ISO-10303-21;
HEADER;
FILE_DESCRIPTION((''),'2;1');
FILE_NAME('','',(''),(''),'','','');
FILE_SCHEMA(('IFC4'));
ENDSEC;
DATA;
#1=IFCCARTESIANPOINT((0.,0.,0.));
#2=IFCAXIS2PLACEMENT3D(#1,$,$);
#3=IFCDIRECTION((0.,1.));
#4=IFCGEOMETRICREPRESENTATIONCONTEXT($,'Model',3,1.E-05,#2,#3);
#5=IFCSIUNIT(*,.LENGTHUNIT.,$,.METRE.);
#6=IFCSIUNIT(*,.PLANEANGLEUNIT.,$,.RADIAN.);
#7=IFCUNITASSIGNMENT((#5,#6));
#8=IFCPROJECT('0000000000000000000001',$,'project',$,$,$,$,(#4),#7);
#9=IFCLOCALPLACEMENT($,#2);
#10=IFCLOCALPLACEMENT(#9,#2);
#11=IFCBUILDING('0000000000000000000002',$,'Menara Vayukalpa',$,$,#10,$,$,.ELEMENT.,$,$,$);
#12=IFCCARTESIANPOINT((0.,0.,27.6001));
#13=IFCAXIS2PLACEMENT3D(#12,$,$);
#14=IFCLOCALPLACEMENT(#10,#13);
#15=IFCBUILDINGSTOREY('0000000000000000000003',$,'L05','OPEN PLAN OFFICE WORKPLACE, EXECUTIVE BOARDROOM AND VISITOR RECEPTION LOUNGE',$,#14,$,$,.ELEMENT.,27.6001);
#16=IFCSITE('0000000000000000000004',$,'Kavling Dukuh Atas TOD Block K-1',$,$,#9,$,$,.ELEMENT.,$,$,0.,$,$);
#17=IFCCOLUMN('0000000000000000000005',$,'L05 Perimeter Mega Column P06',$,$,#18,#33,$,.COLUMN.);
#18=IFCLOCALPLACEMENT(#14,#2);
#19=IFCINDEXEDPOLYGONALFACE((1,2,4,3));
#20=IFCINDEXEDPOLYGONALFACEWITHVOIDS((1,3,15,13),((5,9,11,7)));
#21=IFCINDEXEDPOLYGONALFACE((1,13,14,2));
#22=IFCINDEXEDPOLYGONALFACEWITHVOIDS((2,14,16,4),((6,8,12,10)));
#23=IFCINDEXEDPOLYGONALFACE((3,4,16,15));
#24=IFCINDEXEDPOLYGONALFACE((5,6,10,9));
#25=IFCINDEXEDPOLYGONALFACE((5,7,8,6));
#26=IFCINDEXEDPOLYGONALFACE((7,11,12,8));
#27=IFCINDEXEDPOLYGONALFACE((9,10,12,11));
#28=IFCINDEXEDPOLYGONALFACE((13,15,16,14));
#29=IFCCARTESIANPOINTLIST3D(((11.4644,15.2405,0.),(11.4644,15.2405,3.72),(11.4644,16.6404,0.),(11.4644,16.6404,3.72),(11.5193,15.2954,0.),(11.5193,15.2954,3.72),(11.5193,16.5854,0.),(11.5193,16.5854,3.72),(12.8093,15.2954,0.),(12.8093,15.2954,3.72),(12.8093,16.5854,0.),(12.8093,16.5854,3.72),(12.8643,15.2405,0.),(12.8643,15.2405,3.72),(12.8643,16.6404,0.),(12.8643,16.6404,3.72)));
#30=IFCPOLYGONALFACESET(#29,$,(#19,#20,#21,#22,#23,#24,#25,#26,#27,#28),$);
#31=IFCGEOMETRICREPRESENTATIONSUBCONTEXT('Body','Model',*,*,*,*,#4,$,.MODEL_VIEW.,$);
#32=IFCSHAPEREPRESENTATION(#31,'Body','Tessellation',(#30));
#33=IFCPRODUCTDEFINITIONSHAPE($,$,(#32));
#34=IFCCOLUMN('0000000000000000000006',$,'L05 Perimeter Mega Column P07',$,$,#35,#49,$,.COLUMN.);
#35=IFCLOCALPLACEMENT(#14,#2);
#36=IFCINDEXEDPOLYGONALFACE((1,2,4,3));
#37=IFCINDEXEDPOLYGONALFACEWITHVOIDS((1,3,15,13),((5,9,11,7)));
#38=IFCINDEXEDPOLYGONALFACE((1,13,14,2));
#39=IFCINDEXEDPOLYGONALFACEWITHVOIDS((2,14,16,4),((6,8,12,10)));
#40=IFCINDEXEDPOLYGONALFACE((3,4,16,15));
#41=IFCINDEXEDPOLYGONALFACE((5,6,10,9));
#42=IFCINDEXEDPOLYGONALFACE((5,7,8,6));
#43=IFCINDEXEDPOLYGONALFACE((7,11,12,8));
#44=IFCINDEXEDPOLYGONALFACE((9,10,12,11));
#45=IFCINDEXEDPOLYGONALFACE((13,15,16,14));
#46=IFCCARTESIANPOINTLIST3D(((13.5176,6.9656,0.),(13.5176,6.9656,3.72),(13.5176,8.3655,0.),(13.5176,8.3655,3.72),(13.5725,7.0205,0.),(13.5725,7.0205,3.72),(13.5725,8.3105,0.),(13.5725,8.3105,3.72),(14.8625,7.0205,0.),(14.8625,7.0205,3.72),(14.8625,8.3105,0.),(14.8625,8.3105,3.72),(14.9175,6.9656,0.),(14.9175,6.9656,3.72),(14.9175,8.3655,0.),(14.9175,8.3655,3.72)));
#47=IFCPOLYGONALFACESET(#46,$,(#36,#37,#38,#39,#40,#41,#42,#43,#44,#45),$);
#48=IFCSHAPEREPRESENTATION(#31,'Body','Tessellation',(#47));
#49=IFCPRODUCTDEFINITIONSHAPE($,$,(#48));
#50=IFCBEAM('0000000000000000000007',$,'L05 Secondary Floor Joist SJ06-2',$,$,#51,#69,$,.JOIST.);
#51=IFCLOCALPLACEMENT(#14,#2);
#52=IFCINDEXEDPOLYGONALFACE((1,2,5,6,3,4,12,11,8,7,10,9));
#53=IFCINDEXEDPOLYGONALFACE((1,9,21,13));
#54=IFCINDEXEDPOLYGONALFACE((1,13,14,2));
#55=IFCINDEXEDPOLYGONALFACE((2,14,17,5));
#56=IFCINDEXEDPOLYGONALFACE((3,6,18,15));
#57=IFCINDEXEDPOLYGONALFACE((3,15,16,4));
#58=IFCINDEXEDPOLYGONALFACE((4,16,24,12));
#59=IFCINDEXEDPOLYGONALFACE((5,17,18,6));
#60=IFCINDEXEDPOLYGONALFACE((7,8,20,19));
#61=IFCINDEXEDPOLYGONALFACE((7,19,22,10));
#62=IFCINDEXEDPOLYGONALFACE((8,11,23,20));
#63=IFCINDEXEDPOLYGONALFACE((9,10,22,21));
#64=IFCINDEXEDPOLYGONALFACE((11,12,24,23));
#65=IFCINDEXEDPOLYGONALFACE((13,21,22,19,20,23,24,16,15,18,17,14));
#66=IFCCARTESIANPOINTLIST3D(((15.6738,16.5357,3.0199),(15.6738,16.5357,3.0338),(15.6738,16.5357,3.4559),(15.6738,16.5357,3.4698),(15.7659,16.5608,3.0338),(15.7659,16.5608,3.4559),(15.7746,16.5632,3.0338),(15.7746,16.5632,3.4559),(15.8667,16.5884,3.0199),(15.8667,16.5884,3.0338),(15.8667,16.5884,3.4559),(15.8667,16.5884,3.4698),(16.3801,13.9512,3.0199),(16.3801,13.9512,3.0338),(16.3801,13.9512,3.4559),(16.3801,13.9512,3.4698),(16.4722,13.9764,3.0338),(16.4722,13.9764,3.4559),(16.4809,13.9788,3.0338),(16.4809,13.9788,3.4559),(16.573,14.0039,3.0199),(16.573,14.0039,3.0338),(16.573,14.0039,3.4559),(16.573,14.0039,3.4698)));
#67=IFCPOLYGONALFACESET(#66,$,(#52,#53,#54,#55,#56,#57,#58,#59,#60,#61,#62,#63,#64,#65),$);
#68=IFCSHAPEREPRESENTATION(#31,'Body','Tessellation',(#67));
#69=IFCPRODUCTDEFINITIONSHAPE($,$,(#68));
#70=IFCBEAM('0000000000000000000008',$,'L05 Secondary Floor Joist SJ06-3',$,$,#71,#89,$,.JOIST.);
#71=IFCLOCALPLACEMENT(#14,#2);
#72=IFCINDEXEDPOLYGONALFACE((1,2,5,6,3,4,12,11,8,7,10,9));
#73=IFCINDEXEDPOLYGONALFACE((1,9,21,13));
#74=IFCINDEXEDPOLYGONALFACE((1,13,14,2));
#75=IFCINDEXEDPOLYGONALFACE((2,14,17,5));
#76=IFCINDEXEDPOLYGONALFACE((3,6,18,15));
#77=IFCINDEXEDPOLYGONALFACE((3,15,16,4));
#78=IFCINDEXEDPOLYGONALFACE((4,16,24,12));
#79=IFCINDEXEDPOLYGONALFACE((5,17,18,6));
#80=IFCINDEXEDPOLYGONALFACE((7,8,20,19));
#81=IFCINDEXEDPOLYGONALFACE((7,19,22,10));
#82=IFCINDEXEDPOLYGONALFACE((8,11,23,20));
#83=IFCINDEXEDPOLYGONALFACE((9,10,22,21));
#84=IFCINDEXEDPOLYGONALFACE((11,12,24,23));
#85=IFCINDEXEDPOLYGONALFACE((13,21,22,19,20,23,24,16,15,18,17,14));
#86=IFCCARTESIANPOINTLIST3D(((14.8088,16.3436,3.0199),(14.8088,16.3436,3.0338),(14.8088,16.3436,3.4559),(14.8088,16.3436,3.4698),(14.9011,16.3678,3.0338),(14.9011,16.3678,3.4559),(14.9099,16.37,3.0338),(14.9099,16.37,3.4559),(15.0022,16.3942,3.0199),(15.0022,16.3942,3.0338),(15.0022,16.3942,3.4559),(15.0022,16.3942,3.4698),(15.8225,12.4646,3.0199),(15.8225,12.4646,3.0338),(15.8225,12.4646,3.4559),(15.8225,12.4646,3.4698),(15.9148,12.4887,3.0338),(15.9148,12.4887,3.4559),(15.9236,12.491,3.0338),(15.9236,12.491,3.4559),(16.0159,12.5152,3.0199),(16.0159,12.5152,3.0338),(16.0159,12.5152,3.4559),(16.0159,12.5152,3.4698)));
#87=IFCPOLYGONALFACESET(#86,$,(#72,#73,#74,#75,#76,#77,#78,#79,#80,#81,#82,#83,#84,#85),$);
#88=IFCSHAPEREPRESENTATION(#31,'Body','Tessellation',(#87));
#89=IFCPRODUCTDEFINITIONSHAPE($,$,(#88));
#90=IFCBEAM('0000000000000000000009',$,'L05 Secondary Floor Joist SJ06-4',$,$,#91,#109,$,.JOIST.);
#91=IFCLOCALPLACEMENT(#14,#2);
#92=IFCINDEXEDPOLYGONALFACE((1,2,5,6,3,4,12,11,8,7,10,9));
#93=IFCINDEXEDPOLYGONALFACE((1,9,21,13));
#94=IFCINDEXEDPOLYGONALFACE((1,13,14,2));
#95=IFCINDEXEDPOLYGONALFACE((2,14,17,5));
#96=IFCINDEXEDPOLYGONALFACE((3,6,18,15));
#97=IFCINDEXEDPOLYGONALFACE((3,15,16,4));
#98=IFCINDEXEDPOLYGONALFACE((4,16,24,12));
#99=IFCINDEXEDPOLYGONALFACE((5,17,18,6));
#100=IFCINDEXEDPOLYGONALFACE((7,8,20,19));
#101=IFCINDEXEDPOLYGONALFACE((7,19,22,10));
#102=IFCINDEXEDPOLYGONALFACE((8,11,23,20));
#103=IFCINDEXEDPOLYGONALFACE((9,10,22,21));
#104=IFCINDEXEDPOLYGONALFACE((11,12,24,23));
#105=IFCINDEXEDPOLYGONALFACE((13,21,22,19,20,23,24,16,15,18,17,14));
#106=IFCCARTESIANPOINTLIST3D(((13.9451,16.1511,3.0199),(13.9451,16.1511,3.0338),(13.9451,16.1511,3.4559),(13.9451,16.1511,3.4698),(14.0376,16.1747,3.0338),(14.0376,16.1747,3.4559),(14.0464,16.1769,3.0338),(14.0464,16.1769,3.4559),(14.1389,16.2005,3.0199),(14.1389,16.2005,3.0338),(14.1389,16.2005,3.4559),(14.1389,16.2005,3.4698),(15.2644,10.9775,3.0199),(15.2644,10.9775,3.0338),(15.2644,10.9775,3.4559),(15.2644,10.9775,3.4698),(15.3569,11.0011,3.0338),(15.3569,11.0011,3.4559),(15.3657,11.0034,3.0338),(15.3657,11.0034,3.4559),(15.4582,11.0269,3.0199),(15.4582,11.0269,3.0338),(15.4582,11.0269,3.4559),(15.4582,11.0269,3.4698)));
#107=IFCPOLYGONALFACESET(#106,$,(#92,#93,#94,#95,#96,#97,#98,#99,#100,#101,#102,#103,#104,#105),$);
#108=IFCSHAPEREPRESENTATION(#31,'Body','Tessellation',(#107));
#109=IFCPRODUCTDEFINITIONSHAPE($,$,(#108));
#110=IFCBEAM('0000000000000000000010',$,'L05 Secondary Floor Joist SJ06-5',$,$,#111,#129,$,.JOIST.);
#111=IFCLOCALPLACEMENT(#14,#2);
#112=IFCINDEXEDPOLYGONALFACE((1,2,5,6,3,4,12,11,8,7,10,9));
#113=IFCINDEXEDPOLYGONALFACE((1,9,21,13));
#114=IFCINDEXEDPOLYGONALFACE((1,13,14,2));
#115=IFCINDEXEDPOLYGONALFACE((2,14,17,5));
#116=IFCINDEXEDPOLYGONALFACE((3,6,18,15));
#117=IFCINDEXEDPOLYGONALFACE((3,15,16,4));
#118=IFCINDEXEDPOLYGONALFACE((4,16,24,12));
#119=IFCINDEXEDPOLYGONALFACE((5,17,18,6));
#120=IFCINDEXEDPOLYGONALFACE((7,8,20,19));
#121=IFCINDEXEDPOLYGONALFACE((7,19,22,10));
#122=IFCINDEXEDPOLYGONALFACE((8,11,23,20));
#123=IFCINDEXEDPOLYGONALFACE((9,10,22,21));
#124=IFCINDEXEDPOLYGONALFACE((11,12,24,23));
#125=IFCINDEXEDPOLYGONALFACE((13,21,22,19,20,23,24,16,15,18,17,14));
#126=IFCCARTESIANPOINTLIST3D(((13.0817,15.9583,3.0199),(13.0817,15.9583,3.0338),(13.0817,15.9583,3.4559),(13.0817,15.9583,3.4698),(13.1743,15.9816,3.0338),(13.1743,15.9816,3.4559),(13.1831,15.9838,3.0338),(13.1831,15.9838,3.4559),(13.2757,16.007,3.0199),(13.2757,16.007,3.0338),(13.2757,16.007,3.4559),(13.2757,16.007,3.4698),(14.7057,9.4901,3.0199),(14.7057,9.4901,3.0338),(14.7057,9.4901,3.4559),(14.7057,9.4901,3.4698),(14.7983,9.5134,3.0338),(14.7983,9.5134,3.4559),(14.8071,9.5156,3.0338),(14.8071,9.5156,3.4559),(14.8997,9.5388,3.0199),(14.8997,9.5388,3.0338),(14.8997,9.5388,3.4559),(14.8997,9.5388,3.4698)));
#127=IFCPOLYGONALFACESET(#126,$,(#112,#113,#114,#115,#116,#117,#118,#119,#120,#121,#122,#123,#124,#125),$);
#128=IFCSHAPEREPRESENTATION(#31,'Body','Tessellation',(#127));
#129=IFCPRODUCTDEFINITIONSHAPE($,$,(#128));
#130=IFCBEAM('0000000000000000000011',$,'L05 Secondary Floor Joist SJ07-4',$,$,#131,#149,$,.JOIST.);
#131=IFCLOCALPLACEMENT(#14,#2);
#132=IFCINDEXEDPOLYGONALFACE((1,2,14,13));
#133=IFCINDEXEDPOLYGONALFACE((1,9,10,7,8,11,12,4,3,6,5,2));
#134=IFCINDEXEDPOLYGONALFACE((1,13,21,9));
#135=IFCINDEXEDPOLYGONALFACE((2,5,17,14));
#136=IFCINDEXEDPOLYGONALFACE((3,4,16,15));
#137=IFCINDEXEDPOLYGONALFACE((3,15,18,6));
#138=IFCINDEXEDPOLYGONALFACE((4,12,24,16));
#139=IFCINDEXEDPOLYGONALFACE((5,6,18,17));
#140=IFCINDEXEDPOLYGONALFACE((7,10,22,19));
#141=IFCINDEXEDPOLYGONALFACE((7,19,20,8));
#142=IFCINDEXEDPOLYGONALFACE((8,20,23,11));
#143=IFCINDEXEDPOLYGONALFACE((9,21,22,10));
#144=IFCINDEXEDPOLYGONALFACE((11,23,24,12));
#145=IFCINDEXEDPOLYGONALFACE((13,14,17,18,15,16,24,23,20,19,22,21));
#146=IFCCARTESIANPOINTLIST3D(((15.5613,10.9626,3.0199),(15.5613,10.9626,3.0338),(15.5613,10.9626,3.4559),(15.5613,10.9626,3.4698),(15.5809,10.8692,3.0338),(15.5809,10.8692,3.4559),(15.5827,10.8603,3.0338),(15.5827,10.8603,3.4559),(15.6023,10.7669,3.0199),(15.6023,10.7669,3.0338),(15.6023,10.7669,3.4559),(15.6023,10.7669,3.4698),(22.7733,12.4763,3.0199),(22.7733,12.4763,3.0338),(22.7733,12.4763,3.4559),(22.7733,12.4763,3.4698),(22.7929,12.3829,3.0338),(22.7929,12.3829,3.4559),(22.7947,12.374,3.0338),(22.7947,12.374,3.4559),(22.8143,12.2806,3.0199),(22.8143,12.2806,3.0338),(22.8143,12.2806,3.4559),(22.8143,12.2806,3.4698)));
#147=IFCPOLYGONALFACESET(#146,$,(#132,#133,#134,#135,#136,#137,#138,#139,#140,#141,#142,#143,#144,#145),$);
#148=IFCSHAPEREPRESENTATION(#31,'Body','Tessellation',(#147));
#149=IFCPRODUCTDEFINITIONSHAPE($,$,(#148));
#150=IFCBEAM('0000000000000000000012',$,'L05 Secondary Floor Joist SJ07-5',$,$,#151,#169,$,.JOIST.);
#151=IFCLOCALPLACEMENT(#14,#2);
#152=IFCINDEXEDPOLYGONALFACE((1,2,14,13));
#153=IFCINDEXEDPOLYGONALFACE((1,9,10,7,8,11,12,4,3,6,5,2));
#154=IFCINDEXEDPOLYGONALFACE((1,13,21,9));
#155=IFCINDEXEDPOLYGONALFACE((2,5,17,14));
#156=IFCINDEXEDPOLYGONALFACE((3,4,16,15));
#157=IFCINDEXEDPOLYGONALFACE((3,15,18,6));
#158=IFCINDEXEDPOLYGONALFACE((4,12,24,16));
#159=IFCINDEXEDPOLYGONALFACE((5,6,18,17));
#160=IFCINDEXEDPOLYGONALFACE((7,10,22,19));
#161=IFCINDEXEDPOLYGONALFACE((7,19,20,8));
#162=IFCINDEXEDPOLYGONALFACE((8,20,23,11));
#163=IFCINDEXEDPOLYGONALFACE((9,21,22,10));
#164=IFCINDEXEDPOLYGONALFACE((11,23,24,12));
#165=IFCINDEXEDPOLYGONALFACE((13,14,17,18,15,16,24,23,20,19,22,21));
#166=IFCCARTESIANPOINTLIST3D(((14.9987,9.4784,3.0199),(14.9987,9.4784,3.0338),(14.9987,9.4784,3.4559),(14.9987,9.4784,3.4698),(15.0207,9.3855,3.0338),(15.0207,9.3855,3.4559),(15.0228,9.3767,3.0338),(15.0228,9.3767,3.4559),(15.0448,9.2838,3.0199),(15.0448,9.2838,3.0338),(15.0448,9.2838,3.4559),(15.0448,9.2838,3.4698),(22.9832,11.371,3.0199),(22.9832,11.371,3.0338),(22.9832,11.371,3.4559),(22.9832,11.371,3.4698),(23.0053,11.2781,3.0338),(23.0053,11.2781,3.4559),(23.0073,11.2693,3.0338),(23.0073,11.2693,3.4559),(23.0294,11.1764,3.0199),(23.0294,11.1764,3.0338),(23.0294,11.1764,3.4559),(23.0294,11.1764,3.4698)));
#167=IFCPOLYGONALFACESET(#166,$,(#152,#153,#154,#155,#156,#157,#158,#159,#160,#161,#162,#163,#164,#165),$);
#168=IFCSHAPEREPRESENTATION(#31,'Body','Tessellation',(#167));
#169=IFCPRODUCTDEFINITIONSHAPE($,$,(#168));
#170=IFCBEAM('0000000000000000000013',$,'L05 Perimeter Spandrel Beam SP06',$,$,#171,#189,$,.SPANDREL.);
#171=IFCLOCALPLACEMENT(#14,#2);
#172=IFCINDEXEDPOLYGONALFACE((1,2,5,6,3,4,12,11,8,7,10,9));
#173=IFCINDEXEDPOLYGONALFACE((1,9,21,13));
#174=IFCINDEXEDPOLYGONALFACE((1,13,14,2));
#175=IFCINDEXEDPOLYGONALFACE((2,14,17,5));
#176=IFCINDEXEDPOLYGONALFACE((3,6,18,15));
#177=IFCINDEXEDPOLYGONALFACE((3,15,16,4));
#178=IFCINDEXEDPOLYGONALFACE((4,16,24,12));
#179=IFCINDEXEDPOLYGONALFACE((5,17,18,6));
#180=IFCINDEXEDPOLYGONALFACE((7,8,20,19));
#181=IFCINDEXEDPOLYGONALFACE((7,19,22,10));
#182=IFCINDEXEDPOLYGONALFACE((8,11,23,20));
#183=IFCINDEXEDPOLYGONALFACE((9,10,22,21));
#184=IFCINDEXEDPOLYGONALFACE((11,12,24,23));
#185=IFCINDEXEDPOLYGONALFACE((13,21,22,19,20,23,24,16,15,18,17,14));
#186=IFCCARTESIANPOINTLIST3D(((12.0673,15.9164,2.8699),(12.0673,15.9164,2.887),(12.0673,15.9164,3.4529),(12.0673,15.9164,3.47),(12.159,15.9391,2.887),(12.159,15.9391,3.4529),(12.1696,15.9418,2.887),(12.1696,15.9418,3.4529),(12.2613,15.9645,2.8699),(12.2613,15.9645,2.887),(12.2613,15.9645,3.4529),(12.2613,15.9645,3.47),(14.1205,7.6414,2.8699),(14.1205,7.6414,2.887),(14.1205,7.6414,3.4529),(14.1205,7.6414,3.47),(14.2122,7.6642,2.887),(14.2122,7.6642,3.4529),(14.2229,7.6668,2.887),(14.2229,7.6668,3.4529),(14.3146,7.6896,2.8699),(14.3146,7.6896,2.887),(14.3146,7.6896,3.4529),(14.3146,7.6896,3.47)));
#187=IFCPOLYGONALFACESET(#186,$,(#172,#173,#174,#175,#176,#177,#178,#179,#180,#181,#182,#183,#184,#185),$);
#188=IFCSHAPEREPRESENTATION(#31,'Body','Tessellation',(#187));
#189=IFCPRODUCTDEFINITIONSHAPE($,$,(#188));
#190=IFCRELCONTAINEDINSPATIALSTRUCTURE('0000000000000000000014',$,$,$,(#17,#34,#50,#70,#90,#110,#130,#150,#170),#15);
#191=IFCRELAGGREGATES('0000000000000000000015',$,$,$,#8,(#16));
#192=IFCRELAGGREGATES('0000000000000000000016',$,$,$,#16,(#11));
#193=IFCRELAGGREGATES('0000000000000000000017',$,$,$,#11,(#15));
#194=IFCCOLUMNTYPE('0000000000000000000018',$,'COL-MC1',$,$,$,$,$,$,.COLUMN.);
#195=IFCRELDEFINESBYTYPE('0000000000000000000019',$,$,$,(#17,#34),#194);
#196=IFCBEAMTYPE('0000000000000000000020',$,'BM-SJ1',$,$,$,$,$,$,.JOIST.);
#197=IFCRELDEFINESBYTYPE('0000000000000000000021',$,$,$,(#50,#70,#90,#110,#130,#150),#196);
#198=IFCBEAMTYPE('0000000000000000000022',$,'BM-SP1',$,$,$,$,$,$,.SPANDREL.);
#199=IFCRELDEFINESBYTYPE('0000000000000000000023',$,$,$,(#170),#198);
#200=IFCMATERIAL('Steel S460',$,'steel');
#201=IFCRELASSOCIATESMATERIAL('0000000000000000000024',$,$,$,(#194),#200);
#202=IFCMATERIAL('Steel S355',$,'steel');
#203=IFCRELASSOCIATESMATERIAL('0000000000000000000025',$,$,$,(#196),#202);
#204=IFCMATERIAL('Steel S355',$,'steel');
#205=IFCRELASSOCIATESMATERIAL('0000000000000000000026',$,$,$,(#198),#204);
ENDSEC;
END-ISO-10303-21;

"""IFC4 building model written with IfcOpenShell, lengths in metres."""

from ifc_helpers import new_model, si_unit, direction, frame, origin, origin_2d, place, context, subcontext, project, spatial, hollow_rectangle, i_section, extrude, material, material_profile, profile_set, type_object, element, save


model = new_model("IFC4")

# Units and contexts
model_context = context("Model", 3, precision=1e-05, world=origin(), true_north=direction((0.0, 1.0)))
body_context = subcontext(model_context, "Body", "Model", "MODEL_VIEW")
ifc_project = project(units=[si_unit("LENGTHUNIT", "METRE"), si_unit("PLANEANGLEUNIT", "RADIAN")], contexts=[model_context])

# Site, building, storey
site_placement = place(None, origin())
site = spatial("IfcSite", under=ifc_project, at=site_placement, Name="Kavling Dukuh Atas TOD Block K-1", CompositionType="ELEMENT", RefElevation=0.0)
building_placement = place(site_placement, origin())
building = spatial("IfcBuilding", under=site, at=building_placement, Name="Menara Vayukalpa", CompositionType="ELEMENT")
storey_placement = place(building_placement, frame((0.0, 0.0, 27.6001)))
storey = spatial("IfcBuildingStorey", under=building, at=storey_placement, Name="L05", Description="OPEN PLAN OFFICE WORKPLACE, EXECUTIVE BOARDROOM AND VISITOR RECEPTION LOUNGE", CompositionType="ELEMENT", Elevation=27.6001)

# Columns
ifc_material_1 = material(Name="Steel S460", Category="steel")
ifc_material_profile_1 = material_profile(ifc_material_1, hollow_rectangle(XDim=1.3999, YDim=1.3999, WallThickness=0.0549, at=origin_2d()), Name="BOX 1400x1400x55")
ifc_profile_set_1 = profile_set([ifc_material_profile_1], Name="Steel S460")
column_type = type_object("IfcColumnType", Name="COL-MC1", PredefinedType="COLUMN", material=ifc_profile_set_1)
for number, where, z_axis, x_axis, name in (
    (1, (12.1643, 15.9404, 0.0), (0.0, 0.0, 1.0), (1.0, 0.0, 0.0), "L05 Perimeter Mega Column P06"),
    (2, (14.2175, 7.6655, 0.0), (0.0, 0.0, 1.0), (1.0, 0.0, 0.0), "L05 Perimeter Mega Column P07"),
):
    element("IfcColumn", number, at=place(storey_placement, frame(where, z_axis=z_axis, x_axis=x_axis)), inside=storey, type_object=column_type, Name=name, PredefinedType="COLUMN", context=body_context, shape_type="SweptSolid", body=[
        extrude(hollow_rectangle(XDim=1.3999, YDim=1.3999, WallThickness=0.0549, at=origin_2d()), origin(), (0.0, 0.0, 1.0), 3.72),
    ])

# Beams
ifc_material_2 = material(Name="Steel S355", Category="steel")
ifc_material_profile_2 = material_profile(ifc_material_2, i_section(OverallWidth=0.2, OverallDepth=0.45, WebThickness=0.009, FlangeThickness=0.0139, at=origin_2d()), Name="WF 450x200x9x14")
ifc_profile_set_2 = profile_set([ifc_material_profile_2], Name="Steel S355")
beam_type_1 = type_object("IfcBeamType", Name="BM-SJ1", PredefinedType="JOIST", material=ifc_profile_set_2)
beam_1_placement = place(storey_placement, frame((15.7703, 16.562, 3.2449), z_axis=(0.263619, -0.964627, 0.0), x_axis=(0.964627, 0.263619, 0.0)))
element("IfcBeam", 3, at=beam_1_placement, inside=storey, type_object=beam_type_1, Name="L05 Secondary Floor Joist SJ06-2", PredefinedType="JOIST", context=body_context, shape_type="SweptSolid", body=[
    extrude(i_section(OverallWidth=0.2, OverallDepth=0.45, WebThickness=0.009, FlangeThickness=0.0139, at=origin_2d()), origin(), (0.0, 0.0, 1.0), 2.6792),
])
beam_2_placement = place(storey_placement, frame((14.9055, 16.3689, 3.2449), z_axis=(0.252838, -0.967509, 0.0), x_axis=(0.967509, 0.252838, 0.0)))
element("IfcBeam", 4, at=beam_2_placement, inside=storey, type_object=beam_type_1, Name="L05 Secondary Floor Joist SJ06-3", PredefinedType="JOIST", context=body_context, shape_type="SweptSolid", body=[
    extrude(i_section(OverallWidth=0.2, OverallDepth=0.45, WebThickness=0.009, FlangeThickness=0.0139, at=origin_2d()), origin(), (0.0, 0.0, 1.0), 4.0093),
])
beam_3_placement = place(storey_placement, frame((14.042, 16.1758, 3.2449), z_axis=(0.247106, -0.968989, 0.0), x_axis=(0.968989, 0.247106, 0.0)))
element("IfcBeam", 5, at=beam_3_placement, inside=storey, type_object=beam_type_1, Name="L05 Secondary Floor Joist SJ06-4", PredefinedType="JOIST", context=body_context, shape_type="SweptSolid", body=[
    extrude(i_section(OverallWidth=0.2, OverallDepth=0.45, WebThickness=0.009, FlangeThickness=0.0139, at=origin_2d()), origin(), (0.0, 0.0, 1.0), 5.3391),
])
beam_4_placement = place(storey_placement, frame((13.1787, 15.9827, 3.2449), z_axis=(0.243517, -0.969897, 0.0), x_axis=(0.969897, 0.243517, 0.0)))
element("IfcBeam", 6, at=beam_4_placement, inside=storey, type_object=beam_type_1, Name="L05 Secondary Floor Joist SJ06-5", PredefinedType="JOIST", context=body_context, shape_type="SweptSolid", body=[
    extrude(i_section(OverallWidth=0.2, OverallDepth=0.45, WebThickness=0.009, FlangeThickness=0.0139, at=origin_2d()), origin(), (0.0, 0.0, 1.0), 6.6689),
])
beam_5_placement = place(storey_placement, frame((15.5818, 10.8647, 3.2449), z_axis=(0.978676, 0.205409, 0.0), x_axis=(-0.205409, 0.978676, 0.0)))
element("IfcBeam", 7, at=beam_5_placement, inside=storey, type_object=beam_type_1, Name="L05 Secondary Floor Joist SJ07-4", PredefinedType="JOIST", context=body_context, shape_type="SweptSolid", body=[
    extrude(i_section(OverallWidth=0.2, OverallDepth=0.45, WebThickness=0.009, FlangeThickness=0.0139, at=origin_2d()), origin(), (0.0, 0.0, 1.0), 7.3691),
])
beam_6_placement = place(storey_placement, frame((15.0217, 9.3811, 3.2449), z_axis=(0.97304, 0.230638, 0.0), x_axis=(-0.230638, 0.97304, 0.0)))
element("IfcBeam", 8, at=beam_6_placement, inside=storey, type_object=beam_type_1, Name="L05 Secondary Floor Joist SJ07-5", PredefinedType="JOIST", context=body_context, shape_type="SweptSolid", body=[
    extrude(i_section(OverallWidth=0.2, OverallDepth=0.45, WebThickness=0.009, FlangeThickness=0.0139, at=origin_2d()), origin(), (0.0, 0.0, 1.0), 8.2058),
])
ifc_material_3 = material(Name="Steel S355", Category="steel")
ifc_material_profile_3 = material_profile(ifc_material_3, i_section(OverallWidth=0.2, OverallDepth=0.6001, WebThickness=0.011, FlangeThickness=0.0171, at=origin_2d()), Name="WF 600x200x11x17")
ifc_profile_set_3 = profile_set([ifc_material_profile_3], Name="Steel S355")
beam_type_2 = type_object("IfcBeamType", Name="BM-SP1", PredefinedType="SPANDREL", material=ifc_profile_set_3)
beam_7_placement = place(storey_placement, frame((12.1643, 15.9404, 3.1699), z_axis=(0.240824, -0.970569, 0.0), x_axis=(0.970569, 0.240824, 0.0)))
element("IfcBeam", 9, at=beam_7_placement, inside=storey, type_object=beam_type_2, Name="L05 Perimeter Spandrel Beam SP06", PredefinedType="SPANDREL", context=body_context, shape_type="SweptSolid", body=[
    extrude(i_section(OverallWidth=0.2, OverallDepth=0.6001, WebThickness=0.011, FlangeThickness=0.0171, at=origin_2d()), origin(), (0.0, 0.0, 1.0), 8.5259),
])

save(model, "model.ifc")
